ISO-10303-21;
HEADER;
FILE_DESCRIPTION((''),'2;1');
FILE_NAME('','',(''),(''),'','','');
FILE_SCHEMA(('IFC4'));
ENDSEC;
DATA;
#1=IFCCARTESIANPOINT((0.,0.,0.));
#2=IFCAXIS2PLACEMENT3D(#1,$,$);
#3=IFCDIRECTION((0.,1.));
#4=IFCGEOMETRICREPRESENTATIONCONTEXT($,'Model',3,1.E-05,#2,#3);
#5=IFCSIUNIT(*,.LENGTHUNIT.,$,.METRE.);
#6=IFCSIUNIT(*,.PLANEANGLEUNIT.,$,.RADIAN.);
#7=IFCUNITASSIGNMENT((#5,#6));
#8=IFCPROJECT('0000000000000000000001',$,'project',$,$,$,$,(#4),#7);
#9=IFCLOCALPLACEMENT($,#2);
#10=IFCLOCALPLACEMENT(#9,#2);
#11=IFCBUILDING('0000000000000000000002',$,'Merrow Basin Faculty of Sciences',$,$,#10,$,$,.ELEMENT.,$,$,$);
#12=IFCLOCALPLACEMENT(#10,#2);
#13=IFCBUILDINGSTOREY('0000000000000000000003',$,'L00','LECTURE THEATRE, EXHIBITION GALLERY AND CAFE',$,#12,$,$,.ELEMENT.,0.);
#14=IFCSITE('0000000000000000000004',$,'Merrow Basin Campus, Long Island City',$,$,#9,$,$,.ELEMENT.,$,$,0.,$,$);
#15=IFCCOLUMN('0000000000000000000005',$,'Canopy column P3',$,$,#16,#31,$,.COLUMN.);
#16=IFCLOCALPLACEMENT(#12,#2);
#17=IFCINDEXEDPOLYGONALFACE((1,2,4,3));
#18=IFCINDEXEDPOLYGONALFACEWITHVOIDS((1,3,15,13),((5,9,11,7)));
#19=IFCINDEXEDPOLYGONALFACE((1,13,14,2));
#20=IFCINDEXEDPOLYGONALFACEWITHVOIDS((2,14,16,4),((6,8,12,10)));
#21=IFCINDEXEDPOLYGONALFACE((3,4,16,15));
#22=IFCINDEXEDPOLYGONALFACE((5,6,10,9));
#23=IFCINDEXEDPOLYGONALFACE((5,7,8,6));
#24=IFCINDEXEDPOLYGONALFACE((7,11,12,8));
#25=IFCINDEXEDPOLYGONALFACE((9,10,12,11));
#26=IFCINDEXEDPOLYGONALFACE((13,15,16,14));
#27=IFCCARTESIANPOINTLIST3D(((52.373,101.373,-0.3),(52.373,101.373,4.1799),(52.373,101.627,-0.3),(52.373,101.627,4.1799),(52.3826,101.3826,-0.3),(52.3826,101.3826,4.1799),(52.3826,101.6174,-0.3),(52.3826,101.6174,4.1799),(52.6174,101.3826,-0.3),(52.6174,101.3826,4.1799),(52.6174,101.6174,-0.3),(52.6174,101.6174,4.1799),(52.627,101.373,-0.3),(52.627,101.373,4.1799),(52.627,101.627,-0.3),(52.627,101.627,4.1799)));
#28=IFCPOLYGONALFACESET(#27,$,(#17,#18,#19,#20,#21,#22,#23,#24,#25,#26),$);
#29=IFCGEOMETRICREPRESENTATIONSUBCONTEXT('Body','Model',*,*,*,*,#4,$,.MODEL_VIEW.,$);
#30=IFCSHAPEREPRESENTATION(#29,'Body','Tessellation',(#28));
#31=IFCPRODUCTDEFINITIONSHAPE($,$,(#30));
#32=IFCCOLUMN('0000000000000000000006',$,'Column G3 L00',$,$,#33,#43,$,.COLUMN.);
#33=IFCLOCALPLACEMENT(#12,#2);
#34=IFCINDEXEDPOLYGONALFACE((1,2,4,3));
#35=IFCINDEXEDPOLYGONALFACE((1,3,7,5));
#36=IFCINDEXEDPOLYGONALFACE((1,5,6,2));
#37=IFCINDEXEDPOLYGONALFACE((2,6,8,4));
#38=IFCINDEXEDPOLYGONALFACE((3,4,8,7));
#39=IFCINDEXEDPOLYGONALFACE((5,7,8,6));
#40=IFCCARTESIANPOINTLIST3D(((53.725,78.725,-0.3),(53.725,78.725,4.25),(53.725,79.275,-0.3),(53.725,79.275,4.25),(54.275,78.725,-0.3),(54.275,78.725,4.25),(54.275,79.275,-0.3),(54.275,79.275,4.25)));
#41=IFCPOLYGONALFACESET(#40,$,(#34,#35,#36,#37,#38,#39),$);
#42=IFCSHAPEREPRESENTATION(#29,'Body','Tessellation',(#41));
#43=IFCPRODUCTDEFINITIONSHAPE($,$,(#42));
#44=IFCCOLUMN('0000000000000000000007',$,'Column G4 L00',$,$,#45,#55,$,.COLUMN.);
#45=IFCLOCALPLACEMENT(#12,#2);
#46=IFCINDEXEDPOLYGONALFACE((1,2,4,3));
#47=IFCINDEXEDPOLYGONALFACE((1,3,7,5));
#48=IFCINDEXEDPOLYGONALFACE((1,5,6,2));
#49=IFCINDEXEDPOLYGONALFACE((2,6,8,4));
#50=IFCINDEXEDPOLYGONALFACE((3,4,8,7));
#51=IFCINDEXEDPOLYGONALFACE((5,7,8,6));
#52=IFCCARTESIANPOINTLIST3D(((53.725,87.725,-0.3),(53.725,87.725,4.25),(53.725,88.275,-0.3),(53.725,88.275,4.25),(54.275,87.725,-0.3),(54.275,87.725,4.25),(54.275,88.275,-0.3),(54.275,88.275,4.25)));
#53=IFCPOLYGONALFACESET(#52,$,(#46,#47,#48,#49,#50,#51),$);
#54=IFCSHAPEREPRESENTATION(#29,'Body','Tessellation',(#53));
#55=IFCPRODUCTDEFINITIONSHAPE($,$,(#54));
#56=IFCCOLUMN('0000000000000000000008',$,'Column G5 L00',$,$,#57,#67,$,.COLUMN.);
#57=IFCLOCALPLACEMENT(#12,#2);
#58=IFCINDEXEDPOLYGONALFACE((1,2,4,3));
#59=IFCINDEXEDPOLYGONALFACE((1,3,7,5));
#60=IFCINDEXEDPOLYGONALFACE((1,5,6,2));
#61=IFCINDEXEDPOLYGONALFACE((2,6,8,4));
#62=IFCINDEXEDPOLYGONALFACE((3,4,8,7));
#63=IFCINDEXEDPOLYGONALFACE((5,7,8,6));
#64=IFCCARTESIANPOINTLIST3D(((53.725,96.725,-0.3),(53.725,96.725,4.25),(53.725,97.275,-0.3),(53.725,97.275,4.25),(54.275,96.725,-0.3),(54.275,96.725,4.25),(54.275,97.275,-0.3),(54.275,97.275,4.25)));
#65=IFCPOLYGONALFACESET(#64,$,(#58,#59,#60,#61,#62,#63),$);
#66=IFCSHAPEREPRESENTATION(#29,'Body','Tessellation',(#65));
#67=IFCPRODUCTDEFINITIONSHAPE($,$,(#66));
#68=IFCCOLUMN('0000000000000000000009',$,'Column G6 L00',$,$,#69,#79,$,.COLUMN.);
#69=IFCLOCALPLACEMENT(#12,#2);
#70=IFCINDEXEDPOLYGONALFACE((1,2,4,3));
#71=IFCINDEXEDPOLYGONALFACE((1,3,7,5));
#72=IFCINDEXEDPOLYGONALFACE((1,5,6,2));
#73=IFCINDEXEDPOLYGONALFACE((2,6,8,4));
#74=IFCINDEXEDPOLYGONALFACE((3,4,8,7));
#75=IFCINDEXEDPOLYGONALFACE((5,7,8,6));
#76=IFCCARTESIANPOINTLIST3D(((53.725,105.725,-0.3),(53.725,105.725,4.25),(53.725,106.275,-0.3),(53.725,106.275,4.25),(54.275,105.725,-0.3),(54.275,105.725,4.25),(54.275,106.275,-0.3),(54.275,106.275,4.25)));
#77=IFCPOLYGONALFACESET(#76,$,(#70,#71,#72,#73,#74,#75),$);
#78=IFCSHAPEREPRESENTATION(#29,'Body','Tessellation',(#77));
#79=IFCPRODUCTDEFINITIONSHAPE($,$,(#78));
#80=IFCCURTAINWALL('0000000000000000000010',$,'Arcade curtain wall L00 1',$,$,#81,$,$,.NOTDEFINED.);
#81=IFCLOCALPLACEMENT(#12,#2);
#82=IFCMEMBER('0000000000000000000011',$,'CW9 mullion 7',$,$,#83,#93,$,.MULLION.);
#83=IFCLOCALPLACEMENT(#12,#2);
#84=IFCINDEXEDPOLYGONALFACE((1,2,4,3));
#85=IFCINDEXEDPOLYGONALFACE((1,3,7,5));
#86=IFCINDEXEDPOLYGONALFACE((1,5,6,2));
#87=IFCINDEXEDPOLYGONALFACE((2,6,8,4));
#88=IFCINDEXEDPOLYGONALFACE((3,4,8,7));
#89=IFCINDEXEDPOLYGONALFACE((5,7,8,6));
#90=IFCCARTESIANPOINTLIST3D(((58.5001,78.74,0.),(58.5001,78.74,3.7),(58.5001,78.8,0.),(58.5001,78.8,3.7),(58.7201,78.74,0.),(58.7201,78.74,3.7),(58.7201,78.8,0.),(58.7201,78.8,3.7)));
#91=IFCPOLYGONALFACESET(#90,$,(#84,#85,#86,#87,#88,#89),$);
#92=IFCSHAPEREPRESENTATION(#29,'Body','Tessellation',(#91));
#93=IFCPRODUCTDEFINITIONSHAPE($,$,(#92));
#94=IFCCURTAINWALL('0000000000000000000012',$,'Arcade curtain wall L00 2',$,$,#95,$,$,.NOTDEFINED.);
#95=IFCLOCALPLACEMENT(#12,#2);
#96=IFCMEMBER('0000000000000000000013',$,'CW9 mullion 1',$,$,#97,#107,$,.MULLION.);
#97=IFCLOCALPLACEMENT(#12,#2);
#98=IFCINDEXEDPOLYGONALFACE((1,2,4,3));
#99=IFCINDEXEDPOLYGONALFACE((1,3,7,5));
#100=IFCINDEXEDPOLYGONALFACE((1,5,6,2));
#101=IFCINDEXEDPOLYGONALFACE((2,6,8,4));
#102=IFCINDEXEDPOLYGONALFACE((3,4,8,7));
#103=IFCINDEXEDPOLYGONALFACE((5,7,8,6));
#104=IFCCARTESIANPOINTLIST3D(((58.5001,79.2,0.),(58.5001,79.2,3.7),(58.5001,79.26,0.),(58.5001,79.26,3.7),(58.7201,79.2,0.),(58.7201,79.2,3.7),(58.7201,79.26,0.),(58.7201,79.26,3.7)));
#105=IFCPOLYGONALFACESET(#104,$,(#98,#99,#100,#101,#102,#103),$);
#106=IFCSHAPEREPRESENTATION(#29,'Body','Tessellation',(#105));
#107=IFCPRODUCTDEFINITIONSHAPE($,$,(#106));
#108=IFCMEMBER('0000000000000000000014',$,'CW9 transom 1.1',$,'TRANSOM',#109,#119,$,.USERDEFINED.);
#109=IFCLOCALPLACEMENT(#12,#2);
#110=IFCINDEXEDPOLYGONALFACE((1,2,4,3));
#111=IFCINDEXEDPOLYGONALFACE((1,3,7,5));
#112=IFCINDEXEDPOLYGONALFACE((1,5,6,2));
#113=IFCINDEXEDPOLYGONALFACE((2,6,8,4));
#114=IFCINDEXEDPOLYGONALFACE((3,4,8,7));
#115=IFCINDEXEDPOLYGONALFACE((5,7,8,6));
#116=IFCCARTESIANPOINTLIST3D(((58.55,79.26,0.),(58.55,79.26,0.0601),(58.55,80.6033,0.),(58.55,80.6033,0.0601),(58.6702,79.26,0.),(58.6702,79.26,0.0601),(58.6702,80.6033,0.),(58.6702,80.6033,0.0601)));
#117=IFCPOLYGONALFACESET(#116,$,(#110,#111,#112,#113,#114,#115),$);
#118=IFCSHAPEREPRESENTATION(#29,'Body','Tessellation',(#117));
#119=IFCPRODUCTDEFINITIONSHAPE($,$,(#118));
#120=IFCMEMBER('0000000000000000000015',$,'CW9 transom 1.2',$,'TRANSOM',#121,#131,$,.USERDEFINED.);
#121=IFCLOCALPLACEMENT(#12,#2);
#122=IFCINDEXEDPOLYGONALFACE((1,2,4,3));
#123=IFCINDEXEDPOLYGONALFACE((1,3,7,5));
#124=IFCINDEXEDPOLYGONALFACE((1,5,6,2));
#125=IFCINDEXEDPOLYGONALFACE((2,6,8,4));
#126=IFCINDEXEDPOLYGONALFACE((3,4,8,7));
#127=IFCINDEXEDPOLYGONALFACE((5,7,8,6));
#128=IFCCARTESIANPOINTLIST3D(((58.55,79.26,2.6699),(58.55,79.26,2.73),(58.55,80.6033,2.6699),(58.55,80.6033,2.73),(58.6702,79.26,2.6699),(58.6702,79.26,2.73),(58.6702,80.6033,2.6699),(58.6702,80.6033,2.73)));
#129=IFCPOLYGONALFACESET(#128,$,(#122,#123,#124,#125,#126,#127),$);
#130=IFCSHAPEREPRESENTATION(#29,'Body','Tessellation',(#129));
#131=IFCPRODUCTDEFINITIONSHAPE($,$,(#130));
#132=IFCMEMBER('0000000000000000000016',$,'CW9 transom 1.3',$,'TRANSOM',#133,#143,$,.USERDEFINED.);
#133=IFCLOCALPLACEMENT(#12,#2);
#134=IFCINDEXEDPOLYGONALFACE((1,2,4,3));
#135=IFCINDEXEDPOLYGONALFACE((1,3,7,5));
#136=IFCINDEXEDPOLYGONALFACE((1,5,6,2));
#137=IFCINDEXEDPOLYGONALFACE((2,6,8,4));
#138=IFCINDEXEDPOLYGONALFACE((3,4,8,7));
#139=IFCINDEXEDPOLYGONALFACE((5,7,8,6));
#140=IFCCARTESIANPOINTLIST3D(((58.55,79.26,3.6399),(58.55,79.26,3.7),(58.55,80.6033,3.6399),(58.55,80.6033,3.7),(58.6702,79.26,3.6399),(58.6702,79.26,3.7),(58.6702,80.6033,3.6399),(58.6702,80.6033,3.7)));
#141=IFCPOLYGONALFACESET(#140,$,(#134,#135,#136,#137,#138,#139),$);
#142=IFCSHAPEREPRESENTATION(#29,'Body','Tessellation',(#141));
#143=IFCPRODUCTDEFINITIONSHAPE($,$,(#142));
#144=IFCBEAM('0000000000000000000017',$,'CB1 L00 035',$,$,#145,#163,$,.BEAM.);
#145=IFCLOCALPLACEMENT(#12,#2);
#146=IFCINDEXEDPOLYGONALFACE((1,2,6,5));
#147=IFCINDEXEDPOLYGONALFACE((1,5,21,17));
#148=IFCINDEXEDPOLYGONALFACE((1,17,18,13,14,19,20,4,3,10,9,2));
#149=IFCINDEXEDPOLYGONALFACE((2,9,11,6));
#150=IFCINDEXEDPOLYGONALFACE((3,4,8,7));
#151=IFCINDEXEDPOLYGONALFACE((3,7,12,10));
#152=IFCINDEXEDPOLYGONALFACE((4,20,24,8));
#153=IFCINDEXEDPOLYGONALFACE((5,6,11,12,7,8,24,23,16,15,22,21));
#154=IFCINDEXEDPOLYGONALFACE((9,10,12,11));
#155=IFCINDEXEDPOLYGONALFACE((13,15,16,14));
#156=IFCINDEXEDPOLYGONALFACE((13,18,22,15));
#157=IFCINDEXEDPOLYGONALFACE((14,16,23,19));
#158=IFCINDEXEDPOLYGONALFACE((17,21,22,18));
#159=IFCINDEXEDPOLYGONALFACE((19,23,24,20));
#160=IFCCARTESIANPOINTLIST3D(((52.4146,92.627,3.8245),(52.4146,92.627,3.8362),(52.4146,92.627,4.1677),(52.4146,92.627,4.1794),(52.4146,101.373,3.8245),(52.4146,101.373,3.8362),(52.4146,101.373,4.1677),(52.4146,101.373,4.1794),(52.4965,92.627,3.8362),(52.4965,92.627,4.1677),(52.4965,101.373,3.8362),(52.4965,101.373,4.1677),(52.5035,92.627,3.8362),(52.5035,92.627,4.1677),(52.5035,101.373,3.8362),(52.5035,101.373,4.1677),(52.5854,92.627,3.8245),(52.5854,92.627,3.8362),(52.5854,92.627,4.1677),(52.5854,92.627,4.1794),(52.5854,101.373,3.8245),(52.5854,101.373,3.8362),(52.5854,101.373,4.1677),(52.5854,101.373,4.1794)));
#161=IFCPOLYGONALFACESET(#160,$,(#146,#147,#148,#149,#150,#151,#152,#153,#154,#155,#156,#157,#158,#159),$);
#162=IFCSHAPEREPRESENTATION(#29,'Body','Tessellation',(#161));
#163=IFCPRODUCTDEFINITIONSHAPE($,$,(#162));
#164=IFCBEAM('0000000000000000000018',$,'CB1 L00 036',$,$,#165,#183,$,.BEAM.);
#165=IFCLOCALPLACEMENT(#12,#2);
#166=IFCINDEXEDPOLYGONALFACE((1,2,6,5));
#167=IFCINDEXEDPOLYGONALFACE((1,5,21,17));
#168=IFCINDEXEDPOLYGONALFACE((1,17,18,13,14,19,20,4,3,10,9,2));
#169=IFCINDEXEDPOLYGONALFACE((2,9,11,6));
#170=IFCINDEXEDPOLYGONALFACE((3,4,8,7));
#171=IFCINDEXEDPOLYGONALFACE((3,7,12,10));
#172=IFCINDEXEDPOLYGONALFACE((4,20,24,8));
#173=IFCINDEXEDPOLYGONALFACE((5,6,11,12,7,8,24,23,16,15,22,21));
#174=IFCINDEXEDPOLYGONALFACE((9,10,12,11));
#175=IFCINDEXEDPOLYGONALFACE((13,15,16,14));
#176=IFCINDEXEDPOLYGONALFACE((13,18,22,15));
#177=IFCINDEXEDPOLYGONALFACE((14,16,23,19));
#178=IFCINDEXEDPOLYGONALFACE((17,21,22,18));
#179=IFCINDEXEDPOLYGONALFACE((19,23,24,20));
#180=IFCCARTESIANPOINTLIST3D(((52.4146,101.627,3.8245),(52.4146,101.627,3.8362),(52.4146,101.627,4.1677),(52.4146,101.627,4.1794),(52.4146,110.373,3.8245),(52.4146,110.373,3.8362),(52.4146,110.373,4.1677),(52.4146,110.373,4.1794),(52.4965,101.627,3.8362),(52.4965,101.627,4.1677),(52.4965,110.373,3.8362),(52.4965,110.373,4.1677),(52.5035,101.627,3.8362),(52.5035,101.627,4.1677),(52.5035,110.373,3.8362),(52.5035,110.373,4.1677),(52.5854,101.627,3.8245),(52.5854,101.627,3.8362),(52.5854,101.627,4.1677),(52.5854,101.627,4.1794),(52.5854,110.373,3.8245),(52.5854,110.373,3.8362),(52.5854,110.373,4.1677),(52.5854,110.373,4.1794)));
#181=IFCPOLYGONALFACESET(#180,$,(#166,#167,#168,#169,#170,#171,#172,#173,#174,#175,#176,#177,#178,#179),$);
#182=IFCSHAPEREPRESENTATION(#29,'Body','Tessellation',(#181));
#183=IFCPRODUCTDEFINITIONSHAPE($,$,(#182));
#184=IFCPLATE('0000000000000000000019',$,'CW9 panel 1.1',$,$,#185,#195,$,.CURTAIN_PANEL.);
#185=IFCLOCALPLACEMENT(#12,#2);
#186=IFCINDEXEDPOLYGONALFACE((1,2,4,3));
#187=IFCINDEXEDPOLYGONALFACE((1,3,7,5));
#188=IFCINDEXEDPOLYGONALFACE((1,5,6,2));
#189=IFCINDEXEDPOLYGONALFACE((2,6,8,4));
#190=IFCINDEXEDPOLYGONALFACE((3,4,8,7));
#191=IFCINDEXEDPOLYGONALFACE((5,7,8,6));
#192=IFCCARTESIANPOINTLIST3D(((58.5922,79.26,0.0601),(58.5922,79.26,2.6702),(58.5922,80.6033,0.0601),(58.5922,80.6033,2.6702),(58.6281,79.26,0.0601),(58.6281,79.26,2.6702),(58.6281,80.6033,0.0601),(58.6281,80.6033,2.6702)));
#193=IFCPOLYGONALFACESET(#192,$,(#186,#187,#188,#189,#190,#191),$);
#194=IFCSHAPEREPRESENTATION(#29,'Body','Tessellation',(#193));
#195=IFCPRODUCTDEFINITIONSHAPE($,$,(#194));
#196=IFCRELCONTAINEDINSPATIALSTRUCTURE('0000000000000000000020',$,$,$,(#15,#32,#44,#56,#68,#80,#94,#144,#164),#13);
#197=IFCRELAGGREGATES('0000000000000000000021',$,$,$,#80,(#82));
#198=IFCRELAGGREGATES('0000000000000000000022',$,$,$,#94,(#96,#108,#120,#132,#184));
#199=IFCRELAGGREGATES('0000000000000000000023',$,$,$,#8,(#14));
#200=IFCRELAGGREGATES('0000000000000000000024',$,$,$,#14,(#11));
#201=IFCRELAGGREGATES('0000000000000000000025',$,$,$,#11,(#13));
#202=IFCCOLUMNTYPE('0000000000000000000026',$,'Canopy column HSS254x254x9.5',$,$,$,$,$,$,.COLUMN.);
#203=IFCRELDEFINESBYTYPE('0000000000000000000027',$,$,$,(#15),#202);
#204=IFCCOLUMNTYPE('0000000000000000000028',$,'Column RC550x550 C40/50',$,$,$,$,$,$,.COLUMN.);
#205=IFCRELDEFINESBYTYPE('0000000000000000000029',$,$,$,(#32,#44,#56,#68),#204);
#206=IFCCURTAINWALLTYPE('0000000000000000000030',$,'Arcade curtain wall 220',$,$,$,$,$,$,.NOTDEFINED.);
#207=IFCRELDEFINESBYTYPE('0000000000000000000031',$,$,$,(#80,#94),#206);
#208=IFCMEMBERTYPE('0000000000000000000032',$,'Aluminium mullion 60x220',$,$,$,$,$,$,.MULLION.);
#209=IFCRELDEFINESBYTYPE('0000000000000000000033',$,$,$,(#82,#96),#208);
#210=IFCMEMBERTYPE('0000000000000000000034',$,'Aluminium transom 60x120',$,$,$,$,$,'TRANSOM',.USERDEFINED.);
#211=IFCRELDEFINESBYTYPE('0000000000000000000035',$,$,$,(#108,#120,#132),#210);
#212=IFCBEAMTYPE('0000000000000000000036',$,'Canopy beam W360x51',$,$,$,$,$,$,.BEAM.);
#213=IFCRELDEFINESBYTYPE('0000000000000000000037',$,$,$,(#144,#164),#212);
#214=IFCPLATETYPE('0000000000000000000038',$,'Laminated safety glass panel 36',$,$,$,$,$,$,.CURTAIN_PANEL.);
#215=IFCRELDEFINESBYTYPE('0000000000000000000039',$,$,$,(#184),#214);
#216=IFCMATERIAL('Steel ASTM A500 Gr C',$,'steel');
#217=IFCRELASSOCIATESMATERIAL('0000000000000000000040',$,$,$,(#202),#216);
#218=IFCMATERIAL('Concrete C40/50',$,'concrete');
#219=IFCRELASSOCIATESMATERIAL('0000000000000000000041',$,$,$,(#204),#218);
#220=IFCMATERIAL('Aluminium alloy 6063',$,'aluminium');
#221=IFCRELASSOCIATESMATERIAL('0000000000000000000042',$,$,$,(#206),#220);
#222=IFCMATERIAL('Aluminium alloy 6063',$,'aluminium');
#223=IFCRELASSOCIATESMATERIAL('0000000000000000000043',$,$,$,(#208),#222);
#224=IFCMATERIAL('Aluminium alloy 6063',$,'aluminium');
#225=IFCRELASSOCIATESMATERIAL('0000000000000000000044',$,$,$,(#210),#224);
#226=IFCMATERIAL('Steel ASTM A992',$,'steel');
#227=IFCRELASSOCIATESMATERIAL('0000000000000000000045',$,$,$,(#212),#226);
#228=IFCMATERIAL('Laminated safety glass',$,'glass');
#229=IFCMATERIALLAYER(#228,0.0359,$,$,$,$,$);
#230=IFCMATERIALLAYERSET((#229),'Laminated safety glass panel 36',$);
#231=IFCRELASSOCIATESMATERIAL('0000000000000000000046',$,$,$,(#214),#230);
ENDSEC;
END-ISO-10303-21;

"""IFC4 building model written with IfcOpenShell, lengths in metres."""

from ifc_helpers import new_model, si_unit, direction, frame, origin, origin_2d, place, context, subcontext, project, spatial, rectangle, hollow_rectangle, i_section, extrude, material, layer, layer_set, material_profile, profile_set, type_object, element, aggregate, save


model = new_model("IFC4")

# Units and contexts
model_context = context("Model", 3, precision=1e-05, world=origin(), true_north=direction((0.0, 1.0)))
body_context = subcontext(model_context, "Body", "Model", "MODEL_VIEW")
ifc_project = project(units=[si_unit("LENGTHUNIT", "METRE"), si_unit("PLANEANGLEUNIT", "RADIAN")], contexts=[model_context])

# Site, building, storey
site_placement = place(None, origin())
site = spatial("IfcSite", under=ifc_project, at=site_placement, Name="Merrow Basin Campus, Long Island City", CompositionType="ELEMENT", RefElevation=0.0)
building_placement = place(site_placement, origin())
building = spatial("IfcBuilding", under=site, at=building_placement, Name="Merrow Basin Faculty of Sciences", CompositionType="ELEMENT")
storey_placement = place(building_placement, origin())
storey = spatial("IfcBuildingStorey", under=building, at=storey_placement, Name="L00", Description="LECTURE THEATRE, EXHIBITION GALLERY AND CAFE", CompositionType="ELEMENT", Elevation=0.0)

# Columns
ifc_material_1 = material(Name="Steel ASTM A500 Gr C", Category="steel")
ifc_material_profile_1 = material_profile(ifc_material_1, hollow_rectangle(XDim=0.2539, YDim=0.2539, WallThickness=0.0095, at=origin_2d()))
ifc_profile_set_1 = profile_set([ifc_material_profile_1], Name="Steel ASTM A500 Gr C")
column_type_1 = type_object("IfcColumnType", Name="Canopy column HSS254x254x9.5", PredefinedType="COLUMN", material=ifc_profile_set_1)
for number, where, z_axis, x_axis, name in (
    (1, (52.5, 101.5, -0.3), (0.0, 0.0, 1.0), (1.0, 0.0, 0.0), "Canopy column P3"),
):
    element("IfcColumn", number, at=place(storey_placement, frame(where, z_axis=z_axis, x_axis=x_axis)), inside=storey, type_object=column_type_1, Name=name, PredefinedType="COLUMN", context=body_context, shape_type="SweptSolid", body=[
        extrude(hollow_rectangle(XDim=0.2539, YDim=0.2539, WallThickness=0.0095, at=origin_2d()), origin(), (0.0, 0.0, 1.0), 4.48),
    ])
ifc_material_2 = material(Name="Concrete C40/50", Category="concrete")
ifc_material_profile_2 = material_profile(ifc_material_2, rectangle(XDim=0.55, YDim=0.55, at=origin_2d()))
ifc_profile_set_2 = profile_set([ifc_material_profile_2], Name="Concrete C40/50")
column_type_2 = type_object("IfcColumnType", Name="Column RC550x550 C40/50", PredefinedType="COLUMN", material=ifc_profile_set_2)
for number, where, z_axis, x_axis, name in (
    (2, (54.0, 79.0, -0.3), (0.0, 0.0, 1.0), (1.0, 0.0, 0.0), "Column G3 L00"),
    (3, (54.0, 88.0, -0.3), (0.0, 0.0, 1.0), (1.0, 0.0, 0.0), "Column G4 L00"),
    (4, (54.0, 97.0, -0.3), (0.0, 0.0, 1.0), (1.0, 0.0, 0.0), "Column G5 L00"),
    (5, (54.0, 106.0, -0.3), (0.0, 0.0, 1.0), (1.0, 0.0, 0.0), "Column G6 L00"),
):
    element("IfcColumn", number, at=place(storey_placement, frame(where, z_axis=z_axis, x_axis=x_axis)), inside=storey, type_object=column_type_2, Name=name, PredefinedType="COLUMN", context=body_context, shape_type="SweptSolid", body=[
        extrude(rectangle(XDim=0.55, YDim=0.55, at=origin_2d()), origin(), (0.0, 0.0, 1.0), 4.55),
    ])

# Curtain wall, member
ifc_material_3 = material(Name="Aluminium alloy 6063", Category="aluminium")
curtain_wall_type = type_object("IfcCurtainWallType", Name="Arcade curtain wall 220", PredefinedType="NOTDEFINED", material=ifc_material_3)
curtain_wall_1_placement = place(storey_placement, origin())
curtain_wall_1 = element("IfcCurtainWall", 6, at=curtain_wall_1_placement, inside=storey, type_object=curtain_wall_type, Name="Arcade curtain wall L00 1", PredefinedType="NOTDEFINED")
ifc_material_4 = material(Name="Aluminium alloy 6063", Category="aluminium")
ifc_material_profile_3 = material_profile(ifc_material_4, rectangle(XDim=0.22, YDim=0.0601, at=origin_2d()))
ifc_profile_set_3 = profile_set([ifc_material_profile_3], Name="Aluminium alloy 6063")
member_type_1 = type_object("IfcMemberType", Name="Aluminium mullion 60x220", PredefinedType="MULLION", material=ifc_profile_set_3)
member_1_placement = place(storey_placement, frame((58.6101, 78.77, 0.0), z_axis=(0.0, 0.0, 1.0), x_axis=(-1.0, 0.0, 0.0)))
member_1 = element("IfcMember", 7, at=member_1_placement, type_object=member_type_1, Name="CW9 mullion 7", PredefinedType="MULLION", context=body_context, shape_type="SweptSolid", body=[
    extrude(rectangle(XDim=0.22, YDim=0.0601, at=origin_2d()), origin(), (0.0, 0.0, 1.0), 3.7),
])
aggregate(curtain_wall_1, [member_1])

# Curtain wall, members
curtain_wall_2_placement = place(storey_placement, origin())
curtain_wall_2 = element("IfcCurtainWall", 8, at=curtain_wall_2_placement, inside=storey, type_object=curtain_wall_type, Name="Arcade curtain wall L00 2", PredefinedType="NOTDEFINED")
member_2_placement = place(storey_placement, frame((58.6101, 79.23, 0.0), z_axis=(0.0, 0.0, 1.0), x_axis=(-1.0, 0.0, 0.0)))
member_2 = element("IfcMember", 9, at=member_2_placement, type_object=member_type_1, Name="CW9 mullion 1", PredefinedType="MULLION", context=body_context, shape_type="SweptSolid", body=[
    extrude(rectangle(XDim=0.22, YDim=0.0601, at=origin_2d()), origin(), (0.0, 0.0, 1.0), 3.7),
])
ifc_material_5 = material(Name="Aluminium alloy 6063", Category="aluminium")
ifc_material_profile_4 = material_profile(ifc_material_5, rectangle(XDim=0.1201, YDim=0.0601, at=origin_2d()))
ifc_profile_set_4 = profile_set([ifc_material_profile_4], Name="Aluminium alloy 6063")
member_type_2 = type_object("IfcMemberType", Name="Aluminium transom 60x120", ElementType="TRANSOM", PredefinedType="USERDEFINED", material=ifc_profile_set_4)
member_3_placement = place(storey_placement, frame((58.6101, 79.26, 0.03), z_axis=(0.0, 1.0, 0.0), x_axis=(-1.0, 0.0, 0.0)))
member_3 = element("IfcMember", 10, at=member_3_placement, type_object=member_type_2, Name="CW9 transom 1.1", ObjectType="TRANSOM", PredefinedType="USERDEFINED", context=body_context, shape_type="SweptSolid", body=[
    extrude(rectangle(XDim=0.1201, YDim=0.0601, at=origin_2d()), origin(), (0.0, 0.0, 1.0), 1.3433),
])
member_4_placement = place(storey_placement, frame((58.6101, 79.26, 2.7), z_axis=(0.0, 1.0, 0.0), x_axis=(-1.0, 0.0, 0.0)))
member_4 = element("IfcMember", 11, at=member_4_placement, type_object=member_type_2, Name="CW9 transom 1.2", ObjectType="TRANSOM", PredefinedType="USERDEFINED", context=body_context, shape_type="SweptSolid", body=[
    extrude(rectangle(XDim=0.1201, YDim=0.0601, at=origin_2d()), origin(), (0.0, 0.0, 1.0), 1.3433),
])
member_5_placement = place(storey_placement, frame((58.6101, 79.26, 3.6699), z_axis=(0.0, 1.0, 0.0), x_axis=(-1.0, 0.0, 0.0)))
member_5 = element("IfcMember", 12, at=member_5_placement, type_object=member_type_2, Name="CW9 transom 1.3", ObjectType="TRANSOM", PredefinedType="USERDEFINED", context=body_context, shape_type="SweptSolid", body=[
    extrude(rectangle(XDim=0.1201, YDim=0.0601, at=origin_2d()), origin(), (0.0, 0.0, 1.0), 1.3433),
])

# Beams
ifc_material_6 = material(Name="Steel ASTM A992", Category="steel")
ifc_material_profile_5 = material_profile(ifc_material_6, i_section(OverallWidth=0.1709, OverallDepth=0.355, WebThickness=0.0071, FlangeThickness=0.0117, at=origin_2d()))
ifc_profile_set_5 = profile_set([ifc_material_profile_5], Name="Steel ASTM A992")
beam_type = type_object("IfcBeamType", Name="Canopy beam W360x51", PredefinedType="BEAM", material=ifc_profile_set_5)
for number, where, z_axis, x_axis, name in (
    (13, (52.5, 92.627, 4.002), (0.0, 1.0, 0.0), (-1.0, 0.0, 0.0), "CB1 L00 035"),
    (14, (52.5, 101.627, 4.002), (0.0, 1.0, 0.0), (-1.0, 0.0, 0.0), "CB1 L00 036"),
):
    element("IfcBeam", number, at=place(storey_placement, frame(where, z_axis=z_axis, x_axis=x_axis)), inside=storey, type_object=beam_type, Name=name, PredefinedType="BEAM", context=body_context, shape_type="SweptSolid", body=[
        extrude(i_section(OverallWidth=0.1709, OverallDepth=0.355, WebThickness=0.0071, FlangeThickness=0.0117, at=origin_2d()), origin(), (0.0, 0.0, 1.0), 8.7461),
    ])

# Plate
ifc_material_7 = material(Name="Laminated safety glass", Category="glass")
ifc_layer_1 = layer(ifc_material_7, 0.0359)
ifc_layer_set_1 = layer_set([ifc_layer_1], Name="Laminated safety glass panel 36")
plate_type = type_object("IfcPlateType", Name="Laminated safety glass panel 36", PredefinedType="CURTAIN_PANEL", material=ifc_layer_set_1)
plate_1_placement = place(storey_placement, frame((58.6101, 79.9316, 0.0601), z_axis=(0.0, 0.0, 1.0), x_axis=(0.0, 1.0, 0.0)))
plate_1 = element("IfcPlate", 15, at=plate_1_placement, type_object=plate_type, Name="CW9 panel 1.1", PredefinedType="CURTAIN_PANEL", context=body_context, shape_type="SweptSolid", body=[
    extrude(rectangle(XDim=1.3433, YDim=0.0359, at=origin_2d()), origin(), (0.0, 0.0, 1.0), 2.6101),
])
aggregate(curtain_wall_2, [member_2, member_3, member_4, member_5, plate_1])

save(model, "model.ifc")
